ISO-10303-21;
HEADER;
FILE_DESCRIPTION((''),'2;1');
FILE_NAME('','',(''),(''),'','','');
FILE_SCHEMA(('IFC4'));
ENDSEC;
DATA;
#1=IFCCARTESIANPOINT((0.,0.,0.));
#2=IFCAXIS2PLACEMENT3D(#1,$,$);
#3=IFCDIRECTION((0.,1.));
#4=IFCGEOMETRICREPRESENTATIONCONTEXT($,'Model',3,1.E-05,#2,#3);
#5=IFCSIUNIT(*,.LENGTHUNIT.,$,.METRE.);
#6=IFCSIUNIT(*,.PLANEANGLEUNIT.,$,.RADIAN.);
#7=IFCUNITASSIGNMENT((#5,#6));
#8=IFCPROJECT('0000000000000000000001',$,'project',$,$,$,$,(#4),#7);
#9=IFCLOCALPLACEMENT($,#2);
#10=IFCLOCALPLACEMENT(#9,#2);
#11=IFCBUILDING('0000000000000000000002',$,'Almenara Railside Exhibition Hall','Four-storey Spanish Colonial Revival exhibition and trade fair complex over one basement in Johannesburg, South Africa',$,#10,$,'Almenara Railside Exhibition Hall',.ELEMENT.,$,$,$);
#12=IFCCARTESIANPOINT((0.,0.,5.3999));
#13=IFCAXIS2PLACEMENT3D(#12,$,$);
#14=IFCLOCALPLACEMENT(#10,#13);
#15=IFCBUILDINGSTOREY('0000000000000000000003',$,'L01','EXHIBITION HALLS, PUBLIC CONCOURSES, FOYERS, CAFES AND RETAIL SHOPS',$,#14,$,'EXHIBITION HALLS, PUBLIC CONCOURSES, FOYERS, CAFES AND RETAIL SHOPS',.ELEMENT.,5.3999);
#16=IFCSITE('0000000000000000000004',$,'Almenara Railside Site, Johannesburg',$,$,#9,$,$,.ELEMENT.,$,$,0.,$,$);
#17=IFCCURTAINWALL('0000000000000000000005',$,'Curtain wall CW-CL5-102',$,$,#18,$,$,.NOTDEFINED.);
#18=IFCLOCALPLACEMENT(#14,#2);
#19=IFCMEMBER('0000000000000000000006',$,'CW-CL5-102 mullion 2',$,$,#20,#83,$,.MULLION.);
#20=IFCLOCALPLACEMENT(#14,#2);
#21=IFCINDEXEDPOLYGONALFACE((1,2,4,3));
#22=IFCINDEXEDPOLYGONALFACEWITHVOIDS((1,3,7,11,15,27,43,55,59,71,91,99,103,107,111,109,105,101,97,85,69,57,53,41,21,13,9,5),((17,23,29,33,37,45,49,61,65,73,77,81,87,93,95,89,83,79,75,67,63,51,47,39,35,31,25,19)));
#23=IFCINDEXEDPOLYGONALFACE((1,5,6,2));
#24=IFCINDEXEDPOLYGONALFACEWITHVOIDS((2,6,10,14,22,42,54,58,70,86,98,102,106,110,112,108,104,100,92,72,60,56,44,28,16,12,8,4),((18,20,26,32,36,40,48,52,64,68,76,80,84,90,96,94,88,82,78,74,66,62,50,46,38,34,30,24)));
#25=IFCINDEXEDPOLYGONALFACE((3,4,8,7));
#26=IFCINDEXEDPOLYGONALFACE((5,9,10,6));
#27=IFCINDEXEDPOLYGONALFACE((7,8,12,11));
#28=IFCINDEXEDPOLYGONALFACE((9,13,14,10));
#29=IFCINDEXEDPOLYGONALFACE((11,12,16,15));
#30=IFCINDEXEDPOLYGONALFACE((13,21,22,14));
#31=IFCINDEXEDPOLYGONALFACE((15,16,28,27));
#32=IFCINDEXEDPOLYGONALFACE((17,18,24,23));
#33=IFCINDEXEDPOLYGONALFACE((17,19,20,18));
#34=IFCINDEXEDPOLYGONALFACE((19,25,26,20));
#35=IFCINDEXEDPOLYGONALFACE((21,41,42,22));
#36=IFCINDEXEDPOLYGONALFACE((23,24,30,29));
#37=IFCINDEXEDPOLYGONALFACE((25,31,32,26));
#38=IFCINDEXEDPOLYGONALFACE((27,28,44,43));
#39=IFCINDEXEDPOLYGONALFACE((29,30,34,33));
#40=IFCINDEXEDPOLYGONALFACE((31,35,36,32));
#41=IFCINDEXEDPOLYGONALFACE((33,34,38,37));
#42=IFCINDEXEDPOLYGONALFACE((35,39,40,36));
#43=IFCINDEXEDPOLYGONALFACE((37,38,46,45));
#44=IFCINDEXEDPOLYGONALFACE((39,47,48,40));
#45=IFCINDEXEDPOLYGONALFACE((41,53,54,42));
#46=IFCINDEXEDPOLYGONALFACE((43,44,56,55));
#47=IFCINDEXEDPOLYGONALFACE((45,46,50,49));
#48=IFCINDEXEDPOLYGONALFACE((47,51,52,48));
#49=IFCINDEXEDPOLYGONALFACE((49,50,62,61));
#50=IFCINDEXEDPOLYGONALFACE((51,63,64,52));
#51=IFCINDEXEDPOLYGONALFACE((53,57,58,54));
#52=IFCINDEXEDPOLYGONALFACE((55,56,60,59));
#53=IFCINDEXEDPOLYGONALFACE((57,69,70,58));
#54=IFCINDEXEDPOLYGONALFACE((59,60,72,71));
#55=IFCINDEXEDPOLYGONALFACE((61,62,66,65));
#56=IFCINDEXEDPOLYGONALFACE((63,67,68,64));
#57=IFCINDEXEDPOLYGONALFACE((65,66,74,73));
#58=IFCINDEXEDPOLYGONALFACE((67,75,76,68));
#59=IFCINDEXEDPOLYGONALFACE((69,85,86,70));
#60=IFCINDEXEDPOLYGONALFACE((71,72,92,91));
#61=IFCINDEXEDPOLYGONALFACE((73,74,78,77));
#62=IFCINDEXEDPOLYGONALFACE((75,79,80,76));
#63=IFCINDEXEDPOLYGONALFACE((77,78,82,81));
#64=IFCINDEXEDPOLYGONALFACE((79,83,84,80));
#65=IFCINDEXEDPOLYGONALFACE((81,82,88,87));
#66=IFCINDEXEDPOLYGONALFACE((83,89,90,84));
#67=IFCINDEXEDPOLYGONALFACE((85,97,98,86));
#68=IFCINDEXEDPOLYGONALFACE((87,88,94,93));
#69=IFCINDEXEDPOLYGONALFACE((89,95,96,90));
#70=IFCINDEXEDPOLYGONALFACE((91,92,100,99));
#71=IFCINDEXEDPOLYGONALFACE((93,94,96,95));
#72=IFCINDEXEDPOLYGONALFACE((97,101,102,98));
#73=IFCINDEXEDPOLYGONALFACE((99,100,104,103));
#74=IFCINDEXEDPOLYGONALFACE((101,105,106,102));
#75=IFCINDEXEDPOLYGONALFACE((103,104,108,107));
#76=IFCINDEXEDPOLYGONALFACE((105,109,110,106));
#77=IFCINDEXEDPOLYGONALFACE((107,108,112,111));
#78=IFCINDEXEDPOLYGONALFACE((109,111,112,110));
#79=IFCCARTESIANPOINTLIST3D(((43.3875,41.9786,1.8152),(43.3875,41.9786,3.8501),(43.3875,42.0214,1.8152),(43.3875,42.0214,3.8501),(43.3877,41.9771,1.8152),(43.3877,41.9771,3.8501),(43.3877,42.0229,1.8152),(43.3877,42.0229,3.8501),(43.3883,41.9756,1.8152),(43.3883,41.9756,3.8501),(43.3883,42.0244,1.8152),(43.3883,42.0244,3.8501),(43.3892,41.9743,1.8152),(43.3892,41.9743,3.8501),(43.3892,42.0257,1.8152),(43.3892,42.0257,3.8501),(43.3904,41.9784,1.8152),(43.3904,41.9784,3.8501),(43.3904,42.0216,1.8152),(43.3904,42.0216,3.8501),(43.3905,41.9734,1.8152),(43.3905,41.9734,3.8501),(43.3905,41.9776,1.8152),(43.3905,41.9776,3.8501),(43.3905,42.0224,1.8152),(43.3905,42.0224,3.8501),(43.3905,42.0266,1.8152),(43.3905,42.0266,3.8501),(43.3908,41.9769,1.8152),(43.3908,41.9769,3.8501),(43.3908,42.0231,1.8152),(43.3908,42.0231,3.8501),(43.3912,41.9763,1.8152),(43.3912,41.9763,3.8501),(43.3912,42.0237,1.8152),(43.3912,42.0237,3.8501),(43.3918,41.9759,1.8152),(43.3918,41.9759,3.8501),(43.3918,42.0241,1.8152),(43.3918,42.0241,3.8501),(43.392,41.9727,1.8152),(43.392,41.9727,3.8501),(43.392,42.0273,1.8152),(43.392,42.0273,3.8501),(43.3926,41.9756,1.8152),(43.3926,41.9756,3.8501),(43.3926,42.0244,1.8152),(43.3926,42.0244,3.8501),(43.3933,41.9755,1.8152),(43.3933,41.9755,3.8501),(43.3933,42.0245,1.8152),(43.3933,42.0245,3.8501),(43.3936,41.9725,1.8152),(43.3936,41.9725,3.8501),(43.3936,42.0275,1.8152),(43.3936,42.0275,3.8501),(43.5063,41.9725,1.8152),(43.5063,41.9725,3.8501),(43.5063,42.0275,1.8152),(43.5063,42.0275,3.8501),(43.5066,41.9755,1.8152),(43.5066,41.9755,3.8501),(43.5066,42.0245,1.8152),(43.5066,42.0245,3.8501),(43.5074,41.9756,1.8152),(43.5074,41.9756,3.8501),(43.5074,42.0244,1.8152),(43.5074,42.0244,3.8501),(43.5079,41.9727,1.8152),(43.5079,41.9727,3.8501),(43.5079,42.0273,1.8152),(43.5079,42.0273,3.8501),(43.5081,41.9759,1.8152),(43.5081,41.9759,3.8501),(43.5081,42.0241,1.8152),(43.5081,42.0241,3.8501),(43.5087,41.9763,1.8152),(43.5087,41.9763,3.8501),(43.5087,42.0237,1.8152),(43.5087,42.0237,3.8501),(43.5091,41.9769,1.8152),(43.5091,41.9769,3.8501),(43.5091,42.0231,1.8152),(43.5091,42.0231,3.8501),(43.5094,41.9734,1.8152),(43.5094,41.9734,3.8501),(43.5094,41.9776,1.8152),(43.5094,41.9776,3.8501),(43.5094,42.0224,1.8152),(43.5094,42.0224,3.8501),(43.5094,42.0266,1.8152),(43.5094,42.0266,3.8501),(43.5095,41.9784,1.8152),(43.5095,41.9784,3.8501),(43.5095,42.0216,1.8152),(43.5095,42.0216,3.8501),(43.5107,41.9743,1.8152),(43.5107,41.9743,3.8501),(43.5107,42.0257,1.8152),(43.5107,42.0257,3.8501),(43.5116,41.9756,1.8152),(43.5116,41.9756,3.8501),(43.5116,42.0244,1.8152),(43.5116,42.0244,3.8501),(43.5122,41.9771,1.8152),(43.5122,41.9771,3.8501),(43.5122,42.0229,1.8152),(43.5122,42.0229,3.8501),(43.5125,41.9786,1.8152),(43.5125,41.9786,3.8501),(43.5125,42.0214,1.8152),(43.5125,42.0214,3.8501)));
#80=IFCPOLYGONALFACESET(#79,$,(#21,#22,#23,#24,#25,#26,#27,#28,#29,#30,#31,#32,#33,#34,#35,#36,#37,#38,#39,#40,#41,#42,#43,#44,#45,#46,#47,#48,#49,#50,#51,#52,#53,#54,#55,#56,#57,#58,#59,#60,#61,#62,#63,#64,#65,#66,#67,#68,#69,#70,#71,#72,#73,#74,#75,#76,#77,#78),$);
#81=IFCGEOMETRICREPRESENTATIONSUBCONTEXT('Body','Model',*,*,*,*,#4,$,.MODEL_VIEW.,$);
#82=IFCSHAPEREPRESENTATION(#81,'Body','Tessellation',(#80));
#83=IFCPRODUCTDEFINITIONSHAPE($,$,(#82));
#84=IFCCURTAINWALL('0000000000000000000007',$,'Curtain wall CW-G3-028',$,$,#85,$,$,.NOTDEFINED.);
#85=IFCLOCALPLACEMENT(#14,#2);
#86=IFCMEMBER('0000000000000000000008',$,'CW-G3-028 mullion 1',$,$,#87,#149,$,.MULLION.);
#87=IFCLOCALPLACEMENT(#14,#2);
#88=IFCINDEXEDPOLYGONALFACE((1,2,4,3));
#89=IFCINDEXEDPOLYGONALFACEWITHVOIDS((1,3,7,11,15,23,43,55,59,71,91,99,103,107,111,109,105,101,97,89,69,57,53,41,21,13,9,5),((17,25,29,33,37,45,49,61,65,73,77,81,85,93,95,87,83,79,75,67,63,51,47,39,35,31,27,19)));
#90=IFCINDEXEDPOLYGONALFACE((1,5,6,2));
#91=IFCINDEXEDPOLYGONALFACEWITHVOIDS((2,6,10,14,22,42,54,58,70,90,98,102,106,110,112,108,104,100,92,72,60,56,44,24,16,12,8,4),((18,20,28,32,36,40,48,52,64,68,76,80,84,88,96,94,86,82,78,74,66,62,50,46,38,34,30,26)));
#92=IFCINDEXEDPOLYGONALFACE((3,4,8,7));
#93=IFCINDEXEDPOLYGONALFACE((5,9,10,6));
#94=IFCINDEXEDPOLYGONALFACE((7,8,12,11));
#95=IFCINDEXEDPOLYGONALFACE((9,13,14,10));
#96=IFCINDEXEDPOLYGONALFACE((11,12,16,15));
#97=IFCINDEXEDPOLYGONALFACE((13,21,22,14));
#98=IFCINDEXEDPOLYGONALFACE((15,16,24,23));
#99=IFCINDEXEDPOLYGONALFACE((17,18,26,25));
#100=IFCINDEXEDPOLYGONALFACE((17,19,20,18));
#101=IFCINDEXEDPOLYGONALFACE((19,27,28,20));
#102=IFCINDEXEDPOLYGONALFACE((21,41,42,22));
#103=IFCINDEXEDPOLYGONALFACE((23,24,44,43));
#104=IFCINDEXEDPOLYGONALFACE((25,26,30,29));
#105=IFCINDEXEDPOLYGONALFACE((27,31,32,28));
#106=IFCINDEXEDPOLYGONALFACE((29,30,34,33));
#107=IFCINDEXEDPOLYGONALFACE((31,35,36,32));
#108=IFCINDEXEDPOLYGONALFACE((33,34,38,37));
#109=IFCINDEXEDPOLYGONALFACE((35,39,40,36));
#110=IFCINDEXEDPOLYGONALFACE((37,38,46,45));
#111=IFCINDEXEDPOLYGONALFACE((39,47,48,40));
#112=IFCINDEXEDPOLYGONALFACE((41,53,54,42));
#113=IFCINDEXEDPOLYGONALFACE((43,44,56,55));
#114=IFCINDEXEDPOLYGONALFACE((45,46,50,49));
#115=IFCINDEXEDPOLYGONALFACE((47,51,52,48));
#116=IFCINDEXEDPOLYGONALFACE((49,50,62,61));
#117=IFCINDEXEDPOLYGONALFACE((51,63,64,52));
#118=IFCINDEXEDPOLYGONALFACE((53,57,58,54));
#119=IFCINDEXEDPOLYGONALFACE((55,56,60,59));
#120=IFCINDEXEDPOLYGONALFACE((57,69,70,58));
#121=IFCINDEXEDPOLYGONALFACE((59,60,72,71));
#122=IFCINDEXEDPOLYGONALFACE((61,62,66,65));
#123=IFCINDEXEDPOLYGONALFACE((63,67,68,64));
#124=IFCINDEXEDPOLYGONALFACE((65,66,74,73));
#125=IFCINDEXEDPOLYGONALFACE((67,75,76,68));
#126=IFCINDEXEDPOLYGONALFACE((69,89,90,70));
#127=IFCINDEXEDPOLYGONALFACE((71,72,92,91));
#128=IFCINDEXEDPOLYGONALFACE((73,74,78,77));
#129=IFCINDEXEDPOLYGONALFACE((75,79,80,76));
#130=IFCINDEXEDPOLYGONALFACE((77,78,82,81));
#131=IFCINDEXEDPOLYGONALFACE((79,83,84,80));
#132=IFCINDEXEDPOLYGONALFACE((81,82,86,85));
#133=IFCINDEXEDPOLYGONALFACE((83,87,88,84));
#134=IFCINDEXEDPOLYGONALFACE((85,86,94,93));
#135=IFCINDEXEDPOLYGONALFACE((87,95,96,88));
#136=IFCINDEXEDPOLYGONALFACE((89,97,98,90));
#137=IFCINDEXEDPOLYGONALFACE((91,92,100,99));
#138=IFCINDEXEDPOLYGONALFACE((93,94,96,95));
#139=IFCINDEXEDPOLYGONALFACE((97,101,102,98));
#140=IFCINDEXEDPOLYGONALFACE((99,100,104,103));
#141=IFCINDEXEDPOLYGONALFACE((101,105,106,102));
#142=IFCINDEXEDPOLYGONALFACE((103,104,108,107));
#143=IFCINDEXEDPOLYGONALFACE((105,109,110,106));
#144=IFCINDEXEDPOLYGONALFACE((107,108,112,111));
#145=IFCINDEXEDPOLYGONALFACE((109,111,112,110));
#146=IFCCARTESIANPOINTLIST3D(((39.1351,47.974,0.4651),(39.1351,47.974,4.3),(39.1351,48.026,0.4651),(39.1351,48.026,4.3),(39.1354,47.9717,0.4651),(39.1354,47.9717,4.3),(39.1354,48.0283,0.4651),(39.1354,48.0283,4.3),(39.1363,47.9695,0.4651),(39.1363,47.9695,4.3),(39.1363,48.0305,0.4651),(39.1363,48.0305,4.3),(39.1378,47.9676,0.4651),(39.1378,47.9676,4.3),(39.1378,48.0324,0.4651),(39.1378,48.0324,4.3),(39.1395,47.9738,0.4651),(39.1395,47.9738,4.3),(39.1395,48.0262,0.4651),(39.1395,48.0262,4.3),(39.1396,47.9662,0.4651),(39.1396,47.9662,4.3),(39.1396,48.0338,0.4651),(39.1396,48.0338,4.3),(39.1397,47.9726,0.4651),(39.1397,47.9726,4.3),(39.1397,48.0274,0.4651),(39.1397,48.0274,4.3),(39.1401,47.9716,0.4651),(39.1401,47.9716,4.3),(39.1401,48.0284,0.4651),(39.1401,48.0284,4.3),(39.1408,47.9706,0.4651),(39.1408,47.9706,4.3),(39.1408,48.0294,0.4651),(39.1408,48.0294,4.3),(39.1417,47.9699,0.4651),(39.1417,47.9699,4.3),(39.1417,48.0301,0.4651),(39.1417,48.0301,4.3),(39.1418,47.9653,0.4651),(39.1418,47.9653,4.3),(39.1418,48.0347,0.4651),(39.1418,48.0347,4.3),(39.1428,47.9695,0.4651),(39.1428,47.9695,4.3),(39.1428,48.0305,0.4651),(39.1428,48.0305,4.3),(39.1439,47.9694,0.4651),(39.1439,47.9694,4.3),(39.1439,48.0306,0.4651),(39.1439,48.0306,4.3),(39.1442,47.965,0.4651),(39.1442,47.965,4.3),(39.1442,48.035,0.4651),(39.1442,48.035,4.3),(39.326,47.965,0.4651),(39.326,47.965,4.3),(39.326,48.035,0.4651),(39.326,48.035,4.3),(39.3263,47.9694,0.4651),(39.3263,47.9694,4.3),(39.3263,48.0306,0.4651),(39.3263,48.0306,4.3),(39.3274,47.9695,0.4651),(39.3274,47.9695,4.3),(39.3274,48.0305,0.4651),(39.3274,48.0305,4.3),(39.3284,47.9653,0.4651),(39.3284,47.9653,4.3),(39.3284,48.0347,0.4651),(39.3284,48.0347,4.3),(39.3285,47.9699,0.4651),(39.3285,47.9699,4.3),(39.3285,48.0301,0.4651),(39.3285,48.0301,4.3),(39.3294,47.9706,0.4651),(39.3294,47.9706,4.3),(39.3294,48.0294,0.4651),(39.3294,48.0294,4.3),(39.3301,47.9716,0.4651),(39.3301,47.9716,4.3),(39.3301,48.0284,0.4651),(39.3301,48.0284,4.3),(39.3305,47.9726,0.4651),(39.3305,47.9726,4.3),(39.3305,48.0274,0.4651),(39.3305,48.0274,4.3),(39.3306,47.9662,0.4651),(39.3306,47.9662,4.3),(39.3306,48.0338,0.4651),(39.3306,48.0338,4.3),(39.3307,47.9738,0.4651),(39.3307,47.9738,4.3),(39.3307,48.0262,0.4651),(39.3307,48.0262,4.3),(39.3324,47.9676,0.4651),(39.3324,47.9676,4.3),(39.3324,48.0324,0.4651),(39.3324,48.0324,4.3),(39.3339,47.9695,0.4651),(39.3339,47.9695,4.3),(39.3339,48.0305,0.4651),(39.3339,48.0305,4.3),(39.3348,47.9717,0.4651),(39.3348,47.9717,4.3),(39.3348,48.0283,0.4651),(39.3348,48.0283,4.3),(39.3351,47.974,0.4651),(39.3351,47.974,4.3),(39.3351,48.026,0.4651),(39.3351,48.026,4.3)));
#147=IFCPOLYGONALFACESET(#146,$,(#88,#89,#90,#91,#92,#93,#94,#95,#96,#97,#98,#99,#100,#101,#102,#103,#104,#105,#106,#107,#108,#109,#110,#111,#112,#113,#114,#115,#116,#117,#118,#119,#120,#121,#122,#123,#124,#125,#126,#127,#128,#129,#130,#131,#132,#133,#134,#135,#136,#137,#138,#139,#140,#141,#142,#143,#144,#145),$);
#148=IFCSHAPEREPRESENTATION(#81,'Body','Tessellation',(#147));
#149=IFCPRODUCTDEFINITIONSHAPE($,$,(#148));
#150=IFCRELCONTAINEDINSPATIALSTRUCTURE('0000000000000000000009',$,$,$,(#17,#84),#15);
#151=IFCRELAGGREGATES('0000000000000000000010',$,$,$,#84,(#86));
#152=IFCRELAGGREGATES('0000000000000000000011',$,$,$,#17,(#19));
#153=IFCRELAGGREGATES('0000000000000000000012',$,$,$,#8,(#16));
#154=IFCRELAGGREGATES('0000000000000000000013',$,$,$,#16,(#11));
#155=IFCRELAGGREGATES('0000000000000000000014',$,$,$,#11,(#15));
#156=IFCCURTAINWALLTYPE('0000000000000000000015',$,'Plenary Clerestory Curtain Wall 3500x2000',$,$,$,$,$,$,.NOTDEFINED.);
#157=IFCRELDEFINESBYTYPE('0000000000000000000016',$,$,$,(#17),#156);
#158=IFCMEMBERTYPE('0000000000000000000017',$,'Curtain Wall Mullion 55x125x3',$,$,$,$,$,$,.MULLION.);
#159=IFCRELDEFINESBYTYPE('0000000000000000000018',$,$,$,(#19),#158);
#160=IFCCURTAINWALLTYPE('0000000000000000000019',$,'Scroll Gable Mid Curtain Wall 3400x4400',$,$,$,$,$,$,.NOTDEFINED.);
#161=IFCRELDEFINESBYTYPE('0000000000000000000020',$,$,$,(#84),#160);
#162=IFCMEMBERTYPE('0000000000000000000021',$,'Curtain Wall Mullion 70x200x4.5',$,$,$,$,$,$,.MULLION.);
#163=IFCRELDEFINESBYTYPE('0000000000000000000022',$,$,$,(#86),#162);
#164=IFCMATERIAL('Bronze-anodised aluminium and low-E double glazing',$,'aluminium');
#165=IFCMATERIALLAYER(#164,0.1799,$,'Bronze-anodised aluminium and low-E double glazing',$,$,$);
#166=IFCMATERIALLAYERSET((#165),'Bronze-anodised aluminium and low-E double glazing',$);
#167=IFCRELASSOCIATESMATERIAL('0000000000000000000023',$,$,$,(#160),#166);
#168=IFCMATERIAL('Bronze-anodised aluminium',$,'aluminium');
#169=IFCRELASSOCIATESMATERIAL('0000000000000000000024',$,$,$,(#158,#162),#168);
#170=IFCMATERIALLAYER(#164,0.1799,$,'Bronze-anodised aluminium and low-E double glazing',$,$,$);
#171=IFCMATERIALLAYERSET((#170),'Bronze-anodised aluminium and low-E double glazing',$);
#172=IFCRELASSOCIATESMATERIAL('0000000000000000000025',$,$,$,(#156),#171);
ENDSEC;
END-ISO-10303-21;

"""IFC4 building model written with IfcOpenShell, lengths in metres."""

from ifc_helpers import new_model, si_unit, direction, frame, origin, origin_2d, place, context, subcontext, project, spatial, hollow_rectangle, extrude, material, layer, layer_set, material_profile, profile_set, type_object, element, aggregate, save


model = new_model("IFC4")

# Units and contexts
model_context = context("Model", 3, precision=1e-05, world=origin(), true_north=direction((0.0, 1.0)))
body_context = subcontext(model_context, "Body", "Model", "MODEL_VIEW")
ifc_project = project(units=[si_unit("LENGTHUNIT", "METRE"), si_unit("PLANEANGLEUNIT", "RADIAN")], contexts=[model_context])

# Site, building, storey
site_placement = place(None, origin())
site = spatial("IfcSite", under=ifc_project, at=site_placement, Name="Almenara Railside Site, Johannesburg", CompositionType="ELEMENT", RefElevation=0.0)
building_placement = place(site_placement, origin())
building = spatial("IfcBuilding", under=site, at=building_placement, Name="Almenara Railside Exhibition Hall", Description="Four-storey Spanish Colonial Revival exhibition and trade fair complex over one basement in Johannesburg, South Africa", LongName="Almenara Railside Exhibition Hall", CompositionType="ELEMENT")
storey_placement = place(building_placement, frame((0.0, 0.0, 5.3999)))
storey = spatial("IfcBuildingStorey", under=building, at=storey_placement, Name="L01", Description="EXHIBITION HALLS, PUBLIC CONCOURSES, FOYERS, CAFES AND RETAIL SHOPS", LongName="EXHIBITION HALLS, PUBLIC CONCOURSES, FOYERS, CAFES AND RETAIL SHOPS", CompositionType="ELEMENT", Elevation=5.3999)

# Shared definitions
ifc_material_1 = material(Name="Bronze-anodised aluminium and low-E double glazing", Category="aluminium")
ifc_layer_1 = layer(ifc_material_1, 0.1799, Name="Bronze-anodised aluminium and low-E double glazing")
ifc_layer_set_1 = layer_set([ifc_layer_1], Name="Bronze-anodised aluminium and low-E double glazing")
curtain_wall_type_1 = type_object("IfcCurtainWallType", Name="Scroll Gable Mid Curtain Wall 3400x4400", PredefinedType="NOTDEFINED", material=ifc_layer_set_1)
ifc_material_2 = material(Name="Bronze-anodised aluminium", Category="aluminium")
ifc_material_profile_1 = material_profile(ifc_material_2, hollow_rectangle(XDim=0.0549, YDim=0.125, WallThickness=0.0029, InnerFilletRadius=0.0029, OuterFilletRadius=0.0061, at=origin_2d()), Name="ALU-MUL 55x125x3")
ifc_profile_set_1 = profile_set([ifc_material_profile_1], Name="Bronze-anodised aluminium")
member_type_1 = type_object("IfcMemberType", Name="Curtain Wall Mullion 55x125x3", PredefinedType="MULLION", material=ifc_profile_set_1)

# Curtain walls, members
ifc_layer_2 = layer(ifc_material_1, 0.1799, Name="Bronze-anodised aluminium and low-E double glazing")
ifc_layer_set_2 = layer_set([ifc_layer_2], Name="Bronze-anodised aluminium and low-E double glazing")
curtain_wall_type_2 = type_object("IfcCurtainWallType", Name="Plenary Clerestory Curtain Wall 3500x2000", PredefinedType="NOTDEFINED", material=ifc_layer_set_2)
curtain_wall_1_placement = place(storey_placement, origin())
curtain_wall_1 = element("IfcCurtainWall", 1, at=curtain_wall_1_placement, inside=storey, type_object=curtain_wall_type_2, Name="Curtain wall CW-CL5-102", PredefinedType="NOTDEFINED")
member_1_placement = place(storey_placement, frame((43.45, 42.0, 1.8152), z_axis=(0.0, 0.0, 1.0), x_axis=(0.0, 1.0, 0.0)))
member_1 = element("IfcMember", 2, at=member_1_placement, type_object=member_type_1, Name="CW-CL5-102 mullion 2", PredefinedType="MULLION", context=body_context, shape_type="SweptSolid", body=[
    extrude(hollow_rectangle(XDim=0.0549, YDim=0.125, WallThickness=0.0029, InnerFilletRadius=0.0029, OuterFilletRadius=0.0061, at=origin_2d()), origin(), (0.0, 0.0, 1.0), 2.0349),
])
curtain_wall_2_placement = place(storey_placement, origin())
curtain_wall_2 = element("IfcCurtainWall", 3, at=curtain_wall_2_placement, inside=storey, type_object=curtain_wall_type_1, Name="Curtain wall CW-G3-028", PredefinedType="NOTDEFINED")
ifc_material_profile_2 = material_profile(ifc_material_2, hollow_rectangle(XDim=0.0701, YDim=0.2, WallThickness=0.0044, InnerFilletRadius=0.0044, OuterFilletRadius=0.009, at=origin_2d()), Name="ALU-MUL 70x200x4.5")
ifc_profile_set_2 = profile_set([ifc_material_profile_2], Name="Bronze-anodised aluminium")
member_type_2 = type_object("IfcMemberType", Name="Curtain Wall Mullion 70x200x4.5", PredefinedType="MULLION", material=ifc_profile_set_2)
member_2_placement = place(storey_placement, frame((39.2351, 48.0, 0.4651), z_axis=(0.0, 0.0, 1.0), x_axis=(0.0, 1.0, 0.0)))
member_2 = element("IfcMember", 4, at=member_2_placement, type_object=member_type_2, Name="CW-G3-028 mullion 1", PredefinedType="MULLION", context=body_context, shape_type="SweptSolid", body=[
    extrude(hollow_rectangle(XDim=0.0701, YDim=0.2, WallThickness=0.0044, InnerFilletRadius=0.0044, OuterFilletRadius=0.009, at=origin_2d()), origin(), (0.0, 0.0, 1.0), 3.835),
])

aggregate(curtain_wall_2, [member_2])

aggregate(curtain_wall_1, [member_1])

save(model, "model.ifc")
